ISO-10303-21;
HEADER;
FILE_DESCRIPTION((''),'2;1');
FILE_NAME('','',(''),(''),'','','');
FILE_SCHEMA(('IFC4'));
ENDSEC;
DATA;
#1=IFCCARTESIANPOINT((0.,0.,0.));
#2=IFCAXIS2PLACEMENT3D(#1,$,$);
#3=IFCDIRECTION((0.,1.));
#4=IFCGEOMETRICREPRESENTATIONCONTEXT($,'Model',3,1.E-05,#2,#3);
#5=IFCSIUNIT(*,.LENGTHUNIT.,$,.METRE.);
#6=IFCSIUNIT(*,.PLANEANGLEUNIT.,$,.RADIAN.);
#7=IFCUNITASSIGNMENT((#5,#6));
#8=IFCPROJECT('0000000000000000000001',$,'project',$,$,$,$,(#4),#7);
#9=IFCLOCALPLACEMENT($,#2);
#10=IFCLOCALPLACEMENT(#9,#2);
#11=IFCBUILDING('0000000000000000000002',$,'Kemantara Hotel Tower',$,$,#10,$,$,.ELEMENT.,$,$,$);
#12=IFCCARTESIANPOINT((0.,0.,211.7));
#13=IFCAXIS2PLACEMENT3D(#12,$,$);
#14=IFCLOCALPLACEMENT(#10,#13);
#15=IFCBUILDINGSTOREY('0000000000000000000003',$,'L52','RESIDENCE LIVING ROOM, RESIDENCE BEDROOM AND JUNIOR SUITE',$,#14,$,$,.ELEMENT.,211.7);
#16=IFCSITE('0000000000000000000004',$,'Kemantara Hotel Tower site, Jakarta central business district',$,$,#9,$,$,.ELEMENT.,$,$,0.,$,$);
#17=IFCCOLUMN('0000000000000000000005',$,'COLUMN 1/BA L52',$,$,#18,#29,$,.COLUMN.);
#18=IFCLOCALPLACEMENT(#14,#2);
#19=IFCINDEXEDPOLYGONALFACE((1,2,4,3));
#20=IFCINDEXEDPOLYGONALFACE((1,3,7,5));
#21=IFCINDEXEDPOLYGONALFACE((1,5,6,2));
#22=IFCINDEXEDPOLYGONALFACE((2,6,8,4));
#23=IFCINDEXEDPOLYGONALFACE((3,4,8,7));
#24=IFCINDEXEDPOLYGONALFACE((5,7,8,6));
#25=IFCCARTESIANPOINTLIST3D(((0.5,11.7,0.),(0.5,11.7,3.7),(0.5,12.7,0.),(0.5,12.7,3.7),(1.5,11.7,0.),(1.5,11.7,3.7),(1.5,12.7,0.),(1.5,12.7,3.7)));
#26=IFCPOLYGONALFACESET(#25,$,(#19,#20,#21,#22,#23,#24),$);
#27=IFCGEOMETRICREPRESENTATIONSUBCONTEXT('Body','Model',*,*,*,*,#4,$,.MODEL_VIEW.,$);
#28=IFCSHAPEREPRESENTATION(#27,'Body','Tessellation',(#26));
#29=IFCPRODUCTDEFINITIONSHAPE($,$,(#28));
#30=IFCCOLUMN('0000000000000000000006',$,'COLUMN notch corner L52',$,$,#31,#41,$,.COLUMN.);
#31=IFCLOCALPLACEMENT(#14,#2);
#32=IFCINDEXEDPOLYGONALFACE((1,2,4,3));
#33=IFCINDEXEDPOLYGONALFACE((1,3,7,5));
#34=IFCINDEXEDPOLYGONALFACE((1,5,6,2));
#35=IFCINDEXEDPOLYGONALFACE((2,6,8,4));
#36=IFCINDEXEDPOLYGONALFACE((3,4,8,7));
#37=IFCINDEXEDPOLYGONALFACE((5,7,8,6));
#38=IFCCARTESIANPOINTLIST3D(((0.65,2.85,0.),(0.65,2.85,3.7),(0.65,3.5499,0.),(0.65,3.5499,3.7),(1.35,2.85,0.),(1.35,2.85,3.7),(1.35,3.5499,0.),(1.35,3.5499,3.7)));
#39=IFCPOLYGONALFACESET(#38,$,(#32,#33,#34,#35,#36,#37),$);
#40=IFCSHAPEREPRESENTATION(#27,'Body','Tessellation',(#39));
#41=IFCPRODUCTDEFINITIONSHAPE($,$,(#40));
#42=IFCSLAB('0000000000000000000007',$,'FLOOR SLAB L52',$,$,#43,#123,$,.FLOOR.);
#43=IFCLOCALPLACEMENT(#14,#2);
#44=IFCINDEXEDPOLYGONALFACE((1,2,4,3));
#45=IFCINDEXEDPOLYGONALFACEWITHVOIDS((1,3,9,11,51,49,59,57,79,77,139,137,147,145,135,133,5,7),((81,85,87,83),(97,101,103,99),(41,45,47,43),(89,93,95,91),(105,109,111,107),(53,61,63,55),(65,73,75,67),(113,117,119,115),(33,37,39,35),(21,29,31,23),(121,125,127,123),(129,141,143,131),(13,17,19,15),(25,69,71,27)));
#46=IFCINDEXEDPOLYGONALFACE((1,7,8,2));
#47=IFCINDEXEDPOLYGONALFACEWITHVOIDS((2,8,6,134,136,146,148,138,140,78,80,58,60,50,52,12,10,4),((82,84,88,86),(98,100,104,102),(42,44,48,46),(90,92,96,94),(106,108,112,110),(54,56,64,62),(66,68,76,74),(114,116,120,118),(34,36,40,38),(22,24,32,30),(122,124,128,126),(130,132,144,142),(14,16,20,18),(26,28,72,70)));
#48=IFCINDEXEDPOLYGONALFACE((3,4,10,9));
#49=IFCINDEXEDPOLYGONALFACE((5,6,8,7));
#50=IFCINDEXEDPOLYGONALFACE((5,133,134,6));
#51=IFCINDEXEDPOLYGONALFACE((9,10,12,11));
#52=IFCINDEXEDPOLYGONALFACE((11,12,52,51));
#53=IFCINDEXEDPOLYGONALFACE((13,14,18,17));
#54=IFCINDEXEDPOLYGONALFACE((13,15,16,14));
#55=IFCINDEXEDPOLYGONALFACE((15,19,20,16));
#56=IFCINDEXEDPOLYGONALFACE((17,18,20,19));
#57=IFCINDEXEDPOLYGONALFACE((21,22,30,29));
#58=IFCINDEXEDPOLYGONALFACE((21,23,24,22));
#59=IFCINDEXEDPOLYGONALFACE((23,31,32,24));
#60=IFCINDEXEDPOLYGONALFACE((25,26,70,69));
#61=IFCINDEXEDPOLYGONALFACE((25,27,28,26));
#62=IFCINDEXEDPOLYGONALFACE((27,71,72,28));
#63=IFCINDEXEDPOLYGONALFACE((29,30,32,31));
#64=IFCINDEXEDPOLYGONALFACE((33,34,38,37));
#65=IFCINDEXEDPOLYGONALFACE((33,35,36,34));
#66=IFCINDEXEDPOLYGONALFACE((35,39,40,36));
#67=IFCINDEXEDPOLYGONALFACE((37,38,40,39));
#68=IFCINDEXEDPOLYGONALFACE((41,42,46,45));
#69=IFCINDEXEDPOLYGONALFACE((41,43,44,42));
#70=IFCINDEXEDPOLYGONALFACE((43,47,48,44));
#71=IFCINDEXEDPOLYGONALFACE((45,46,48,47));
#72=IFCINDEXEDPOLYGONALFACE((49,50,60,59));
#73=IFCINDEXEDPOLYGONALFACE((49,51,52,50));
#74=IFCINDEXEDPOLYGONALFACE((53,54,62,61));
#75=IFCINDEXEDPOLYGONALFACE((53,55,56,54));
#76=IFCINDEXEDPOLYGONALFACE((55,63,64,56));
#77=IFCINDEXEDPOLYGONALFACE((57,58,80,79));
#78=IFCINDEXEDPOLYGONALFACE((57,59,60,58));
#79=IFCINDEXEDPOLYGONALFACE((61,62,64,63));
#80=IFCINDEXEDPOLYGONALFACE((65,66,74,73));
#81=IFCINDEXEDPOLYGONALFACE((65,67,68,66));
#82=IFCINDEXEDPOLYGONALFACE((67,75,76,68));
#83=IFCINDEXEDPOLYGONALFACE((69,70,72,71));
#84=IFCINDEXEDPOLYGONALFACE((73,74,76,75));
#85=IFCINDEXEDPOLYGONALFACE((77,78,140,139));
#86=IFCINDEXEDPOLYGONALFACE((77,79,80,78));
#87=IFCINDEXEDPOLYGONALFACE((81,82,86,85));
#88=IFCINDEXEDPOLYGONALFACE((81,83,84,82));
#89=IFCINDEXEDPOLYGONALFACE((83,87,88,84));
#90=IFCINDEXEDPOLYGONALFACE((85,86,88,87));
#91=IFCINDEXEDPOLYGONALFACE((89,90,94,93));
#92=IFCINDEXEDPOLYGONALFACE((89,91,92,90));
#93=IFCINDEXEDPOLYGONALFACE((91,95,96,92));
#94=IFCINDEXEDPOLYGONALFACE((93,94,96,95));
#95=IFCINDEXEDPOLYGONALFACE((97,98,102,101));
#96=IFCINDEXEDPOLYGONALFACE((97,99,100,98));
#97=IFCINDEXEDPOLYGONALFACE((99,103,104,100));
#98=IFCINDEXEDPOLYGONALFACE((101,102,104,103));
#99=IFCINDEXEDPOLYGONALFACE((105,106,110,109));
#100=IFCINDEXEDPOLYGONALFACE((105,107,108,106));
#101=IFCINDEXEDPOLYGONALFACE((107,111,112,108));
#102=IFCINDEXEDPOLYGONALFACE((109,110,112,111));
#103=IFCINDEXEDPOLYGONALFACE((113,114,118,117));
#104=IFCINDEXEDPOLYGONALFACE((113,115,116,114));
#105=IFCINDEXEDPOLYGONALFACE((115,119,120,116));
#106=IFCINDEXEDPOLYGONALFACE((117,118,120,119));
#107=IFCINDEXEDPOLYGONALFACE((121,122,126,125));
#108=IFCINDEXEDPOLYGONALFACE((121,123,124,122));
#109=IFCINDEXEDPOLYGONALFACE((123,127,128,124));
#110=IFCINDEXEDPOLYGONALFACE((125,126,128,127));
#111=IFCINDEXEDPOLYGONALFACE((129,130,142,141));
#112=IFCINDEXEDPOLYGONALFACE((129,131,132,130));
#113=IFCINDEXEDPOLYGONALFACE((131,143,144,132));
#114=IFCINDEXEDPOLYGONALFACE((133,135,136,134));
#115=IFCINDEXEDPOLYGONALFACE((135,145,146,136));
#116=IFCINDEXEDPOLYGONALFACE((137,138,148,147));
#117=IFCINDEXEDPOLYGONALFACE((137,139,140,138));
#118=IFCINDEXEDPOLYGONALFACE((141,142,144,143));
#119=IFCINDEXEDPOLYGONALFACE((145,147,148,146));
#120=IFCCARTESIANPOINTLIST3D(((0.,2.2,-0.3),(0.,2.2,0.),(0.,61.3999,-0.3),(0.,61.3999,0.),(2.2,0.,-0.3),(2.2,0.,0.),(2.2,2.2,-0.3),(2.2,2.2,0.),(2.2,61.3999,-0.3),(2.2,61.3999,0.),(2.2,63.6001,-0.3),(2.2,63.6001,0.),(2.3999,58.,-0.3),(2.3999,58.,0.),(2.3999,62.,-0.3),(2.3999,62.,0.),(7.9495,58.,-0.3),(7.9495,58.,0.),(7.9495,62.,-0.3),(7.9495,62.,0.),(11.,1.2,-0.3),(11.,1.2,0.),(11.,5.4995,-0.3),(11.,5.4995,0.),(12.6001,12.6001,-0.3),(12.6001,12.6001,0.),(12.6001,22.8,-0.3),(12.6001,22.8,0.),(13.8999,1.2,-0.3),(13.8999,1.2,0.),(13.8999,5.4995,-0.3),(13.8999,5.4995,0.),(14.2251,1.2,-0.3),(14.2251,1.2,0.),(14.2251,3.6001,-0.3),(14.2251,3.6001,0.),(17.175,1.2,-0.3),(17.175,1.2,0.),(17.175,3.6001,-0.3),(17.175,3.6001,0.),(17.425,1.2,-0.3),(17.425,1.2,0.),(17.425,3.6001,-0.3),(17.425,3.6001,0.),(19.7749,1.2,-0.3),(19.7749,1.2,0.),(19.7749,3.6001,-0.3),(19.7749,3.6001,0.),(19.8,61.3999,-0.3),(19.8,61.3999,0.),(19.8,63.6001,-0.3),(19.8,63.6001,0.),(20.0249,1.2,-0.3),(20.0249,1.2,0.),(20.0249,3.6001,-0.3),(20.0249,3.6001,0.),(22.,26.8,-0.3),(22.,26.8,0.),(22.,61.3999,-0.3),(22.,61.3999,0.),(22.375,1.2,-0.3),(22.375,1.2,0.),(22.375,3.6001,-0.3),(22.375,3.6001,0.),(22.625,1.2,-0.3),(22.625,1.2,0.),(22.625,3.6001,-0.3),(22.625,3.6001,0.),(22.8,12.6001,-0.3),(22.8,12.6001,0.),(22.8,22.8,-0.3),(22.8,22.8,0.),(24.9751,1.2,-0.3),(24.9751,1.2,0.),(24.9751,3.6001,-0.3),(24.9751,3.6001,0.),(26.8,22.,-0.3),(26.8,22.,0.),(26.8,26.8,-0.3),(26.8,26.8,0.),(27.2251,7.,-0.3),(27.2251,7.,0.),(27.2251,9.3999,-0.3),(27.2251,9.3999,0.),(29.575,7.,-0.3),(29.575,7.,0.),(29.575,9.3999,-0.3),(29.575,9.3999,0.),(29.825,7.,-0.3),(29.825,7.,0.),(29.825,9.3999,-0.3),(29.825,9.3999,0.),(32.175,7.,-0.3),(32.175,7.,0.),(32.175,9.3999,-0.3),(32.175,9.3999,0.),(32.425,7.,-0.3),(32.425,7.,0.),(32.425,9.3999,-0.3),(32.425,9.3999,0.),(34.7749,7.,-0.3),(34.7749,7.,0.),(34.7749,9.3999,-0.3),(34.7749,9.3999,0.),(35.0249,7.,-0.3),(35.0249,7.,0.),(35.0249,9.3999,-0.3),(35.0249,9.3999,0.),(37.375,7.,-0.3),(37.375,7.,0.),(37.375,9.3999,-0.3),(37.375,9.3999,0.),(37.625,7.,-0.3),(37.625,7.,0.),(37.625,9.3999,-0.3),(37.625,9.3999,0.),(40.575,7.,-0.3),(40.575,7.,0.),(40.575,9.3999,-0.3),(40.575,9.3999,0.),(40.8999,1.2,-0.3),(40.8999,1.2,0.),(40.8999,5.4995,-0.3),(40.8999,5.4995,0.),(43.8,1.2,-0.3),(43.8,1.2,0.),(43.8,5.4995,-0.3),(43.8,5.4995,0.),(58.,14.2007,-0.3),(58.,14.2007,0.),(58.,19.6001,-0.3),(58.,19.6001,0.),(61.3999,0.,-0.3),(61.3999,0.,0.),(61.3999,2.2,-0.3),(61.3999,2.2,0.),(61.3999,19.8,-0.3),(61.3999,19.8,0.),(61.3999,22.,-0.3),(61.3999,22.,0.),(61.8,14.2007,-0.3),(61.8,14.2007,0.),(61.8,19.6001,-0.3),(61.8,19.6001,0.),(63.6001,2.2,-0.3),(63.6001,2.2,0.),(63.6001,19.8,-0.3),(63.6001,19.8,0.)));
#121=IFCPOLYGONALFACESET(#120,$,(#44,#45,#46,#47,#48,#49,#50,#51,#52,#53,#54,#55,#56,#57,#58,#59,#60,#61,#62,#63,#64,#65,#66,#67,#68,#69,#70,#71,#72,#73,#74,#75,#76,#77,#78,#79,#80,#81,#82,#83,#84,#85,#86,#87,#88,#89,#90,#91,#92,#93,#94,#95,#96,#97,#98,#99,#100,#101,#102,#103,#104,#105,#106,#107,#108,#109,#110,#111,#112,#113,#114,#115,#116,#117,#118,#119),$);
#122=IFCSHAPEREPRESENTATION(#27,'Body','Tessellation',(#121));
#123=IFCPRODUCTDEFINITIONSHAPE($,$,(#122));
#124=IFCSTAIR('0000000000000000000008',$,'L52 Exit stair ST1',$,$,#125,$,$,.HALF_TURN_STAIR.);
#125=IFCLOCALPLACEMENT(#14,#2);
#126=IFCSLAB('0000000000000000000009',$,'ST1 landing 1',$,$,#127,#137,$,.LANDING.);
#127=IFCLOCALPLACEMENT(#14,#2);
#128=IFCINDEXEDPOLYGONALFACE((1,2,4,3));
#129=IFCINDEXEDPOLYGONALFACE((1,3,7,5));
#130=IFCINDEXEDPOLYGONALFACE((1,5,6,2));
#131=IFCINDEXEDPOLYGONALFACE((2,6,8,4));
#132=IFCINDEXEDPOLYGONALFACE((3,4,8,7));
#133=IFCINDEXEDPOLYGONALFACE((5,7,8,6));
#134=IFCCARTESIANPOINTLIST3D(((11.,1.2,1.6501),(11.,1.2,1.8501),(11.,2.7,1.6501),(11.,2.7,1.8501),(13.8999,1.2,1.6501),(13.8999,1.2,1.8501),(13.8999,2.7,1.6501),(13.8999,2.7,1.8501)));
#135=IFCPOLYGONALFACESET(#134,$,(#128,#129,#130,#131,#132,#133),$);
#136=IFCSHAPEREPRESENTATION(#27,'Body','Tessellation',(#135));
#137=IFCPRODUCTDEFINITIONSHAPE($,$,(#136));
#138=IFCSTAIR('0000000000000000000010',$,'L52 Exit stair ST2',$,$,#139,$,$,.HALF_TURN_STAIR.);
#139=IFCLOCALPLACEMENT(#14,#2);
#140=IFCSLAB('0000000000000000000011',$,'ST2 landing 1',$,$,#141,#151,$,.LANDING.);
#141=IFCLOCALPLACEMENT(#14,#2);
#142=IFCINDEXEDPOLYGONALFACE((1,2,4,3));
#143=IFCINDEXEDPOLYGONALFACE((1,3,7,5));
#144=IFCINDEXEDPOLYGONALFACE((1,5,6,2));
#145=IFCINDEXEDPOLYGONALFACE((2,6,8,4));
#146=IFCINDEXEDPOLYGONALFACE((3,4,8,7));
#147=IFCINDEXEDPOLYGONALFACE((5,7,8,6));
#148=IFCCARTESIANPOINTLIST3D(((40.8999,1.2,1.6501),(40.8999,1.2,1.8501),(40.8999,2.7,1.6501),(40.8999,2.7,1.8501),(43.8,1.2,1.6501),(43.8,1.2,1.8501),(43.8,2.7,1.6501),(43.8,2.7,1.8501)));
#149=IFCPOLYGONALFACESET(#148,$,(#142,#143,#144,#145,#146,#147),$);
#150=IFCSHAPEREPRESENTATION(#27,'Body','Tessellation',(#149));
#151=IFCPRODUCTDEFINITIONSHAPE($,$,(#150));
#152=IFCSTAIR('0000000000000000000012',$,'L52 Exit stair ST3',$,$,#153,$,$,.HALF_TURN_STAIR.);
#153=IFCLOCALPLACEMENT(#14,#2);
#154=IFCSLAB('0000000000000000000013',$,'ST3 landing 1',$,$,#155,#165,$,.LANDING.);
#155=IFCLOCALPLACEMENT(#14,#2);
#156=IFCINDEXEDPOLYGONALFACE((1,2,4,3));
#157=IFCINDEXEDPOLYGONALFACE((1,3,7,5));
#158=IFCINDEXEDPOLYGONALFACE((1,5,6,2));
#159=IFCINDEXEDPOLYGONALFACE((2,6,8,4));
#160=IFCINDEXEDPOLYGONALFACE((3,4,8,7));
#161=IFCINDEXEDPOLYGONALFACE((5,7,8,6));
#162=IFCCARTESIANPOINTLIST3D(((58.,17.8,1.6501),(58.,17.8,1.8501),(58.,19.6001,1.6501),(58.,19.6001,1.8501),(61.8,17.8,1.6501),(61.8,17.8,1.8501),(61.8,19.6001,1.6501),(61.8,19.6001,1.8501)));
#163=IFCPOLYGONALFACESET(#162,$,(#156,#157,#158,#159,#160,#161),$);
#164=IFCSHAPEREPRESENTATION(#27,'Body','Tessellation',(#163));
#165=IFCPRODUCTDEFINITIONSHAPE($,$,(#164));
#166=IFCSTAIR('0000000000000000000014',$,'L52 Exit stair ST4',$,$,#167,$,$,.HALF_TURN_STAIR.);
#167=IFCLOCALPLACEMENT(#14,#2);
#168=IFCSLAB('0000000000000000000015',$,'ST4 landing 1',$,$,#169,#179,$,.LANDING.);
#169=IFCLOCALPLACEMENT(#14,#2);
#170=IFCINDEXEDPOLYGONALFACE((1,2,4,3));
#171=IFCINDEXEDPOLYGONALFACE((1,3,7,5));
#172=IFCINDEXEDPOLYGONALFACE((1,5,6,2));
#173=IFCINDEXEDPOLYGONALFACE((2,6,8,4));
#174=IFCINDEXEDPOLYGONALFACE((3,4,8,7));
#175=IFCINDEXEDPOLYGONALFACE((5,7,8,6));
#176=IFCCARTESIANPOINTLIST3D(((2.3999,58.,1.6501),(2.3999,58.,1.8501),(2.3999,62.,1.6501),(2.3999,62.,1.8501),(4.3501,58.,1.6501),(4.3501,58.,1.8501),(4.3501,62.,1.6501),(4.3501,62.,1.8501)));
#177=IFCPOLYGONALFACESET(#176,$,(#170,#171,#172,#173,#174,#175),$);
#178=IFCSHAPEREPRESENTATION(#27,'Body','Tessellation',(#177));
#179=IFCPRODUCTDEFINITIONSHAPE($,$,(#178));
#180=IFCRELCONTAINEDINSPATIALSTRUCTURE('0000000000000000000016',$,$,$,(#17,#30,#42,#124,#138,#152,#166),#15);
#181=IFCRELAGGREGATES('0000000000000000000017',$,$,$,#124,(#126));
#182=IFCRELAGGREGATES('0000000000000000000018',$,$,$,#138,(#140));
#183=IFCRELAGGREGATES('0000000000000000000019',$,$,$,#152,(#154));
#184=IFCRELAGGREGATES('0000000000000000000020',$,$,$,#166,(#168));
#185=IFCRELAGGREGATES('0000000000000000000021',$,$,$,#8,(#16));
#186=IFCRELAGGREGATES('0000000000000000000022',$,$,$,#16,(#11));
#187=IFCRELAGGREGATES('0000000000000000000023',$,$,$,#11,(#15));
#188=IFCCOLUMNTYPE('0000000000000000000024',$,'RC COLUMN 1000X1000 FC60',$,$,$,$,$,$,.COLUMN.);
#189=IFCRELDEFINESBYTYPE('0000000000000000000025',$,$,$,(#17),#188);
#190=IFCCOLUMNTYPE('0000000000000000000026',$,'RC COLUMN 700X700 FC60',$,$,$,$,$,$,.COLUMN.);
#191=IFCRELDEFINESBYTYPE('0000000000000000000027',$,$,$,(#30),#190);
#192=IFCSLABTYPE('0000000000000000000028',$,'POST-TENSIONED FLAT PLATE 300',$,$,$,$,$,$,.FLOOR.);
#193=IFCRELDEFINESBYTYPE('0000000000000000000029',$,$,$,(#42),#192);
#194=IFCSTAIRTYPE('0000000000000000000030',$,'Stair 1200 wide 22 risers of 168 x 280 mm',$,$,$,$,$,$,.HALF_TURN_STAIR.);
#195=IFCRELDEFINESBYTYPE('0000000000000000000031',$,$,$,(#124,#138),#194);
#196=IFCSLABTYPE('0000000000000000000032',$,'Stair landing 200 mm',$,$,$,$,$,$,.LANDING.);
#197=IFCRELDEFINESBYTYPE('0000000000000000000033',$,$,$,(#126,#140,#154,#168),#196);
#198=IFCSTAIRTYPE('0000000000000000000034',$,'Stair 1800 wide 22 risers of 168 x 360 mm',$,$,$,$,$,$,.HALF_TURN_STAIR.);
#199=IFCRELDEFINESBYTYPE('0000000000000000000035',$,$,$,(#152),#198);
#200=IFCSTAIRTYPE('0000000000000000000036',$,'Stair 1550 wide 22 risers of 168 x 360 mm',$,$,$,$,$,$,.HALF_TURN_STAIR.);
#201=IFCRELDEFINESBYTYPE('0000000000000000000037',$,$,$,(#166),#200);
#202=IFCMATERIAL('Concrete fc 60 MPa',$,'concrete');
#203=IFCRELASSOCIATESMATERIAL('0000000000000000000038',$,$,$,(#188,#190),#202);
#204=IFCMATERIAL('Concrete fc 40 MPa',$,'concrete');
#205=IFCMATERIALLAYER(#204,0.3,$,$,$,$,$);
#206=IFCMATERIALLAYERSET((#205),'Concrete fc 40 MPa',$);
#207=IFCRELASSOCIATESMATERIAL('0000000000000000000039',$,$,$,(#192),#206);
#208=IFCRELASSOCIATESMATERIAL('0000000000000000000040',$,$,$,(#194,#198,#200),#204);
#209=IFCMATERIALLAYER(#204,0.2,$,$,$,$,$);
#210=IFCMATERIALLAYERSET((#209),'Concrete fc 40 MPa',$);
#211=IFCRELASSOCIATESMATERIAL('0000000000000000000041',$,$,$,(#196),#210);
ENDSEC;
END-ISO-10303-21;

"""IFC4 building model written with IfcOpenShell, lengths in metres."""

from ifc_helpers import new_model, si_unit, direction, frame, origin, origin_2d, place, context, subcontext, project, spatial, polyline, rectangle, outline, extrude, material, layer, layer_set, material_profile, profile_set, type_object, element, aggregate, save


model = new_model("IFC4")

# Units and contexts
model_context = context("Model", 3, precision=1e-05, world=origin(), true_north=direction((0.0, 1.0)))
body_context = subcontext(model_context, "Body", "Model", "MODEL_VIEW")
ifc_project = project(units=[si_unit("LENGTHUNIT", "METRE"), si_unit("PLANEANGLEUNIT", "RADIAN")], contexts=[model_context])

# Site, building, storey
site_placement = place(None, origin())
site = spatial("IfcSite", under=ifc_project, at=site_placement, Name="Kemantara Hotel Tower site, Jakarta central business district", CompositionType="ELEMENT", RefElevation=0.0)
building_placement = place(site_placement, origin())
building = spatial("IfcBuilding", under=site, at=building_placement, Name="Kemantara Hotel Tower", CompositionType="ELEMENT")
storey_placement = place(building_placement, frame((0.0, 0.0, 211.7)))
storey = spatial("IfcBuildingStorey", under=building, at=storey_placement, Name="L52", Description="RESIDENCE LIVING ROOM, RESIDENCE BEDROOM AND JUNIOR SUITE", CompositionType="ELEMENT", Elevation=211.7)

# Columns
ifc_material_1 = material(Name="Concrete fc 60 MPa", Category="concrete")
ifc_material_profile_1 = material_profile(ifc_material_1, rectangle(XDim=1.0, YDim=1.0, at=origin_2d()), Name="RC 1000X1000")
ifc_profile_set_1 = profile_set([ifc_material_profile_1], Name="Concrete fc 60 MPa")
column_type_1 = type_object("IfcColumnType", Name="RC COLUMN 1000X1000 FC60", PredefinedType="COLUMN", material=ifc_profile_set_1)
column_1_placement = place(storey_placement, frame((1.0, 12.2, 0.0), z_axis=(0.0, 0.0, 1.0), x_axis=(1.0, 0.0, 0.0)))
element("IfcColumn", 1, at=column_1_placement, inside=storey, type_object=column_type_1, Name="COLUMN 1/BA L52", PredefinedType="COLUMN", context=body_context, shape_type="SweptSolid", body=[
    extrude(rectangle(XDim=1.0, YDim=1.0, at=origin_2d()), origin(), (0.0, 0.0, 1.0), 3.7),
])
ifc_material_profile_2 = material_profile(ifc_material_1, rectangle(XDim=0.7, YDim=0.7, at=origin_2d()), Name="RC 700X700")
ifc_profile_set_2 = profile_set([ifc_material_profile_2], Name="Concrete fc 60 MPa")
column_type_2 = type_object("IfcColumnType", Name="RC COLUMN 700X700 FC60", PredefinedType="COLUMN", material=ifc_profile_set_2)
column_2_placement = place(storey_placement, frame((1.0, 3.2, 0.0), z_axis=(0.0, 0.0, 1.0), x_axis=(1.0, 0.0, 0.0)))
element("IfcColumn", 2, at=column_2_placement, inside=storey, type_object=column_type_2, Name="COLUMN notch corner L52", PredefinedType="COLUMN", context=body_context, shape_type="SweptSolid", body=[
    extrude(rectangle(XDim=0.7, YDim=0.7, at=origin_2d()), origin(), (0.0, 0.0, 1.0), 3.7),
])

# Slab
ifc_material_2 = material(Name="Concrete fc 40 MPa", Category="concrete")
ifc_layer_1 = layer(ifc_material_2, 0.3)
ifc_layer_set_1 = layer_set([ifc_layer_1], Name="Concrete fc 40 MPa")
slab_type_1 = type_object("IfcSlabType", Name="POST-TENSIONED FLAT PLATE 300", PredefinedType="FLOOR", material=ifc_layer_set_1)
slab_1_placement = place(storey_placement, frame((0.0, 0.0, -0.3)))
element("IfcSlab", 3, at=slab_1_placement, inside=storey, type_object=slab_type_1, Name="FLOOR SLAB L52", PredefinedType="FLOOR", context=body_context, shape_type="SweptSolid", body=[
    extrude(outline(polyline([(22.0, 26.8), (22.0, 61.3999), (19.8, 61.3999), (19.8, 63.6001), (2.2, 63.6001), (2.2, 61.3999), (0.0, 61.3999), (0.0, 2.2), (2.2, 2.2), (2.2, 0.0), (61.3999, 0.0), (61.3999, 2.2), (63.6001, 2.2), (63.6001, 19.8), (61.3999, 19.8), (61.3999, 22.0), (26.8, 22.0), (26.8, 26.8), (22.0, 26.8)]), holes=[polyline([(17.175, 3.6001), (17.175, 1.2), (14.2251, 1.2), (14.2251, 3.6001), (17.175, 3.6001)]), polyline([(19.7749, 1.2), (17.425, 1.2), (17.425, 3.6001), (19.7749, 3.6001), (19.7749, 1.2)]), polyline([(22.375, 1.2), (20.0249, 1.2), (20.0249, 3.6001), (22.375, 3.6001), (22.375, 1.2)]), polyline([(24.9751, 1.2), (22.625, 1.2), (22.625, 3.6001), (24.9751, 3.6001), (24.9751, 1.2)]), polyline([(11.0, 1.2), (11.0, 5.4995), (13.8999, 5.4995), (13.8999, 1.2), (11.0, 1.2)]), polyline([(22.8, 12.6001), (12.6001, 12.6001), (12.6001, 22.8), (22.8, 22.8), (22.8, 12.6001)]), polyline([(2.3999, 62.0), (7.9495, 62.0), (7.9495, 58.0), (2.3999, 58.0), (2.3999, 62.0)]), polyline([(43.8, 1.2), (40.8999, 1.2), (40.8999, 5.4995), (43.8, 5.4995), (43.8, 1.2)]), polyline([(29.575, 7.0), (27.2251, 7.0), (27.2251, 9.3999), (29.575, 9.3999), (29.575, 7.0)]), polyline([(32.175, 7.0), (29.825, 7.0), (29.825, 9.3999), (32.175, 9.3999), (32.175, 7.0)]), polyline([(34.7749, 7.0), (32.425, 7.0), (32.425, 9.3999), (34.7749, 9.3999), (34.7749, 7.0)]), polyline([(37.375, 7.0), (35.0249, 7.0), (35.0249, 9.3999), (37.375, 9.3999), (37.375, 7.0)]), polyline([(40.575, 7.0), (37.625, 7.0), (37.625, 9.3999), (40.575, 9.3999), (40.575, 7.0)]), polyline([(61.8, 19.6001), (61.8, 14.2007), (58.0, 14.2007), (58.0, 19.6001), (61.8, 19.6001)])]), origin(), (0.0, 0.0, 1.0), 0.3),
])

# Stairs, slabs
stair_type_1 = type_object("IfcStairType", Name="Stair 1200 wide 22 risers of 168 x 280 mm", PredefinedType="HALF_TURN_STAIR", material=ifc_material_2)
stair_1_placement = place(storey_placement, origin())
stair_1 = element("IfcStair", 4, at=stair_1_placement, inside=storey, type_object=stair_type_1, Name="L52 Exit stair ST1", PredefinedType="HALF_TURN_STAIR")
ifc_layer_2 = layer(ifc_material_2, 0.2)
ifc_layer_set_2 = layer_set([ifc_layer_2], Name="Concrete fc 40 MPa")
slab_type_2 = type_object("IfcSlabType", Name="Stair landing 200 mm", PredefinedType="LANDING", material=ifc_layer_set_2)
slab_2_placement = place(storey_placement, frame((0.0, 0.0, 1.6501)))
slab_2 = element("IfcSlab", 5, at=slab_2_placement, type_object=slab_type_2, Name="ST1 landing 1", PredefinedType="LANDING", context=body_context, shape_type="SweptSolid", body=[
    extrude(outline(polyline([(11.0, 2.7), (11.0, 1.2), (13.8999, 1.2), (13.8999, 2.7), (11.0, 2.7)])), origin(), (0.0, 0.0, 1.0), 0.2),
])
aggregate(stair_1, [slab_2])
stair_2_placement = place(storey_placement, origin())
stair_2 = element("IfcStair", 6, at=stair_2_placement, inside=storey, type_object=stair_type_1, Name="L52 Exit stair ST2", PredefinedType="HALF_TURN_STAIR")
slab_3_placement = place(storey_placement, frame((0.0, 0.0, 1.6501)))
slab_3 = element("IfcSlab", 7, at=slab_3_placement, type_object=slab_type_2, Name="ST2 landing 1", PredefinedType="LANDING", context=body_context, shape_type="SweptSolid", body=[
    extrude(outline(polyline([(40.8999, 2.7), (40.8999, 1.2), (43.8, 1.2), (43.8, 2.7), (40.8999, 2.7)])), origin(), (0.0, 0.0, 1.0), 0.2),
])
aggregate(stair_2, [slab_3])
stair_type_2 = type_object("IfcStairType", Name="Stair 1800 wide 22 risers of 168 x 360 mm", PredefinedType="HALF_TURN_STAIR", material=ifc_material_2)
stair_3_placement = place(storey_placement, origin())
stair_3 = element("IfcStair", 8, at=stair_3_placement, inside=storey, type_object=stair_type_2, Name="L52 Exit stair ST3", PredefinedType="HALF_TURN_STAIR")
slab_4_placement = place(storey_placement, frame((0.0, 0.0, 1.6501)))
slab_4 = element("IfcSlab", 9, at=slab_4_placement, type_object=slab_type_2, Name="ST3 landing 1", PredefinedType="LANDING", context=body_context, shape_type="SweptSolid", body=[
    extrude(outline(polyline([(61.8, 17.8), (61.8, 19.6001), (58.0, 19.6001), (58.0, 17.8), (61.8, 17.8)])), origin(), (0.0, 0.0, 1.0), 0.2),
])
aggregate(stair_3, [slab_4])
stair_type_3 = type_object("IfcStairType", Name="Stair 1550 wide 22 risers of 168 x 360 mm", PredefinedType="HALF_TURN_STAIR", material=ifc_material_2)
stair_4_placement = place(storey_placement, origin())
stair_4 = element("IfcStair", 10, at=stair_4_placement, inside=storey, type_object=stair_type_3, Name="L52 Exit stair ST4", PredefinedType="HALF_TURN_STAIR")
slab_5_placement = place(storey_placement, frame((0.0, 0.0, 1.6501)))
slab_5 = element("IfcSlab", 11, at=slab_5_placement, type_object=slab_type_2, Name="ST4 landing 1", PredefinedType="LANDING", context=body_context, shape_type="SweptSolid", body=[
    extrude(outline(polyline([(4.3501, 62.0), (2.3999, 62.0), (2.3999, 58.0), (4.3501, 58.0), (4.3501, 62.0)])), origin(), (0.0, 0.0, 1.0), 0.2),
])
aggregate(stair_4, [slab_5])

save(model, "model.ifc")
